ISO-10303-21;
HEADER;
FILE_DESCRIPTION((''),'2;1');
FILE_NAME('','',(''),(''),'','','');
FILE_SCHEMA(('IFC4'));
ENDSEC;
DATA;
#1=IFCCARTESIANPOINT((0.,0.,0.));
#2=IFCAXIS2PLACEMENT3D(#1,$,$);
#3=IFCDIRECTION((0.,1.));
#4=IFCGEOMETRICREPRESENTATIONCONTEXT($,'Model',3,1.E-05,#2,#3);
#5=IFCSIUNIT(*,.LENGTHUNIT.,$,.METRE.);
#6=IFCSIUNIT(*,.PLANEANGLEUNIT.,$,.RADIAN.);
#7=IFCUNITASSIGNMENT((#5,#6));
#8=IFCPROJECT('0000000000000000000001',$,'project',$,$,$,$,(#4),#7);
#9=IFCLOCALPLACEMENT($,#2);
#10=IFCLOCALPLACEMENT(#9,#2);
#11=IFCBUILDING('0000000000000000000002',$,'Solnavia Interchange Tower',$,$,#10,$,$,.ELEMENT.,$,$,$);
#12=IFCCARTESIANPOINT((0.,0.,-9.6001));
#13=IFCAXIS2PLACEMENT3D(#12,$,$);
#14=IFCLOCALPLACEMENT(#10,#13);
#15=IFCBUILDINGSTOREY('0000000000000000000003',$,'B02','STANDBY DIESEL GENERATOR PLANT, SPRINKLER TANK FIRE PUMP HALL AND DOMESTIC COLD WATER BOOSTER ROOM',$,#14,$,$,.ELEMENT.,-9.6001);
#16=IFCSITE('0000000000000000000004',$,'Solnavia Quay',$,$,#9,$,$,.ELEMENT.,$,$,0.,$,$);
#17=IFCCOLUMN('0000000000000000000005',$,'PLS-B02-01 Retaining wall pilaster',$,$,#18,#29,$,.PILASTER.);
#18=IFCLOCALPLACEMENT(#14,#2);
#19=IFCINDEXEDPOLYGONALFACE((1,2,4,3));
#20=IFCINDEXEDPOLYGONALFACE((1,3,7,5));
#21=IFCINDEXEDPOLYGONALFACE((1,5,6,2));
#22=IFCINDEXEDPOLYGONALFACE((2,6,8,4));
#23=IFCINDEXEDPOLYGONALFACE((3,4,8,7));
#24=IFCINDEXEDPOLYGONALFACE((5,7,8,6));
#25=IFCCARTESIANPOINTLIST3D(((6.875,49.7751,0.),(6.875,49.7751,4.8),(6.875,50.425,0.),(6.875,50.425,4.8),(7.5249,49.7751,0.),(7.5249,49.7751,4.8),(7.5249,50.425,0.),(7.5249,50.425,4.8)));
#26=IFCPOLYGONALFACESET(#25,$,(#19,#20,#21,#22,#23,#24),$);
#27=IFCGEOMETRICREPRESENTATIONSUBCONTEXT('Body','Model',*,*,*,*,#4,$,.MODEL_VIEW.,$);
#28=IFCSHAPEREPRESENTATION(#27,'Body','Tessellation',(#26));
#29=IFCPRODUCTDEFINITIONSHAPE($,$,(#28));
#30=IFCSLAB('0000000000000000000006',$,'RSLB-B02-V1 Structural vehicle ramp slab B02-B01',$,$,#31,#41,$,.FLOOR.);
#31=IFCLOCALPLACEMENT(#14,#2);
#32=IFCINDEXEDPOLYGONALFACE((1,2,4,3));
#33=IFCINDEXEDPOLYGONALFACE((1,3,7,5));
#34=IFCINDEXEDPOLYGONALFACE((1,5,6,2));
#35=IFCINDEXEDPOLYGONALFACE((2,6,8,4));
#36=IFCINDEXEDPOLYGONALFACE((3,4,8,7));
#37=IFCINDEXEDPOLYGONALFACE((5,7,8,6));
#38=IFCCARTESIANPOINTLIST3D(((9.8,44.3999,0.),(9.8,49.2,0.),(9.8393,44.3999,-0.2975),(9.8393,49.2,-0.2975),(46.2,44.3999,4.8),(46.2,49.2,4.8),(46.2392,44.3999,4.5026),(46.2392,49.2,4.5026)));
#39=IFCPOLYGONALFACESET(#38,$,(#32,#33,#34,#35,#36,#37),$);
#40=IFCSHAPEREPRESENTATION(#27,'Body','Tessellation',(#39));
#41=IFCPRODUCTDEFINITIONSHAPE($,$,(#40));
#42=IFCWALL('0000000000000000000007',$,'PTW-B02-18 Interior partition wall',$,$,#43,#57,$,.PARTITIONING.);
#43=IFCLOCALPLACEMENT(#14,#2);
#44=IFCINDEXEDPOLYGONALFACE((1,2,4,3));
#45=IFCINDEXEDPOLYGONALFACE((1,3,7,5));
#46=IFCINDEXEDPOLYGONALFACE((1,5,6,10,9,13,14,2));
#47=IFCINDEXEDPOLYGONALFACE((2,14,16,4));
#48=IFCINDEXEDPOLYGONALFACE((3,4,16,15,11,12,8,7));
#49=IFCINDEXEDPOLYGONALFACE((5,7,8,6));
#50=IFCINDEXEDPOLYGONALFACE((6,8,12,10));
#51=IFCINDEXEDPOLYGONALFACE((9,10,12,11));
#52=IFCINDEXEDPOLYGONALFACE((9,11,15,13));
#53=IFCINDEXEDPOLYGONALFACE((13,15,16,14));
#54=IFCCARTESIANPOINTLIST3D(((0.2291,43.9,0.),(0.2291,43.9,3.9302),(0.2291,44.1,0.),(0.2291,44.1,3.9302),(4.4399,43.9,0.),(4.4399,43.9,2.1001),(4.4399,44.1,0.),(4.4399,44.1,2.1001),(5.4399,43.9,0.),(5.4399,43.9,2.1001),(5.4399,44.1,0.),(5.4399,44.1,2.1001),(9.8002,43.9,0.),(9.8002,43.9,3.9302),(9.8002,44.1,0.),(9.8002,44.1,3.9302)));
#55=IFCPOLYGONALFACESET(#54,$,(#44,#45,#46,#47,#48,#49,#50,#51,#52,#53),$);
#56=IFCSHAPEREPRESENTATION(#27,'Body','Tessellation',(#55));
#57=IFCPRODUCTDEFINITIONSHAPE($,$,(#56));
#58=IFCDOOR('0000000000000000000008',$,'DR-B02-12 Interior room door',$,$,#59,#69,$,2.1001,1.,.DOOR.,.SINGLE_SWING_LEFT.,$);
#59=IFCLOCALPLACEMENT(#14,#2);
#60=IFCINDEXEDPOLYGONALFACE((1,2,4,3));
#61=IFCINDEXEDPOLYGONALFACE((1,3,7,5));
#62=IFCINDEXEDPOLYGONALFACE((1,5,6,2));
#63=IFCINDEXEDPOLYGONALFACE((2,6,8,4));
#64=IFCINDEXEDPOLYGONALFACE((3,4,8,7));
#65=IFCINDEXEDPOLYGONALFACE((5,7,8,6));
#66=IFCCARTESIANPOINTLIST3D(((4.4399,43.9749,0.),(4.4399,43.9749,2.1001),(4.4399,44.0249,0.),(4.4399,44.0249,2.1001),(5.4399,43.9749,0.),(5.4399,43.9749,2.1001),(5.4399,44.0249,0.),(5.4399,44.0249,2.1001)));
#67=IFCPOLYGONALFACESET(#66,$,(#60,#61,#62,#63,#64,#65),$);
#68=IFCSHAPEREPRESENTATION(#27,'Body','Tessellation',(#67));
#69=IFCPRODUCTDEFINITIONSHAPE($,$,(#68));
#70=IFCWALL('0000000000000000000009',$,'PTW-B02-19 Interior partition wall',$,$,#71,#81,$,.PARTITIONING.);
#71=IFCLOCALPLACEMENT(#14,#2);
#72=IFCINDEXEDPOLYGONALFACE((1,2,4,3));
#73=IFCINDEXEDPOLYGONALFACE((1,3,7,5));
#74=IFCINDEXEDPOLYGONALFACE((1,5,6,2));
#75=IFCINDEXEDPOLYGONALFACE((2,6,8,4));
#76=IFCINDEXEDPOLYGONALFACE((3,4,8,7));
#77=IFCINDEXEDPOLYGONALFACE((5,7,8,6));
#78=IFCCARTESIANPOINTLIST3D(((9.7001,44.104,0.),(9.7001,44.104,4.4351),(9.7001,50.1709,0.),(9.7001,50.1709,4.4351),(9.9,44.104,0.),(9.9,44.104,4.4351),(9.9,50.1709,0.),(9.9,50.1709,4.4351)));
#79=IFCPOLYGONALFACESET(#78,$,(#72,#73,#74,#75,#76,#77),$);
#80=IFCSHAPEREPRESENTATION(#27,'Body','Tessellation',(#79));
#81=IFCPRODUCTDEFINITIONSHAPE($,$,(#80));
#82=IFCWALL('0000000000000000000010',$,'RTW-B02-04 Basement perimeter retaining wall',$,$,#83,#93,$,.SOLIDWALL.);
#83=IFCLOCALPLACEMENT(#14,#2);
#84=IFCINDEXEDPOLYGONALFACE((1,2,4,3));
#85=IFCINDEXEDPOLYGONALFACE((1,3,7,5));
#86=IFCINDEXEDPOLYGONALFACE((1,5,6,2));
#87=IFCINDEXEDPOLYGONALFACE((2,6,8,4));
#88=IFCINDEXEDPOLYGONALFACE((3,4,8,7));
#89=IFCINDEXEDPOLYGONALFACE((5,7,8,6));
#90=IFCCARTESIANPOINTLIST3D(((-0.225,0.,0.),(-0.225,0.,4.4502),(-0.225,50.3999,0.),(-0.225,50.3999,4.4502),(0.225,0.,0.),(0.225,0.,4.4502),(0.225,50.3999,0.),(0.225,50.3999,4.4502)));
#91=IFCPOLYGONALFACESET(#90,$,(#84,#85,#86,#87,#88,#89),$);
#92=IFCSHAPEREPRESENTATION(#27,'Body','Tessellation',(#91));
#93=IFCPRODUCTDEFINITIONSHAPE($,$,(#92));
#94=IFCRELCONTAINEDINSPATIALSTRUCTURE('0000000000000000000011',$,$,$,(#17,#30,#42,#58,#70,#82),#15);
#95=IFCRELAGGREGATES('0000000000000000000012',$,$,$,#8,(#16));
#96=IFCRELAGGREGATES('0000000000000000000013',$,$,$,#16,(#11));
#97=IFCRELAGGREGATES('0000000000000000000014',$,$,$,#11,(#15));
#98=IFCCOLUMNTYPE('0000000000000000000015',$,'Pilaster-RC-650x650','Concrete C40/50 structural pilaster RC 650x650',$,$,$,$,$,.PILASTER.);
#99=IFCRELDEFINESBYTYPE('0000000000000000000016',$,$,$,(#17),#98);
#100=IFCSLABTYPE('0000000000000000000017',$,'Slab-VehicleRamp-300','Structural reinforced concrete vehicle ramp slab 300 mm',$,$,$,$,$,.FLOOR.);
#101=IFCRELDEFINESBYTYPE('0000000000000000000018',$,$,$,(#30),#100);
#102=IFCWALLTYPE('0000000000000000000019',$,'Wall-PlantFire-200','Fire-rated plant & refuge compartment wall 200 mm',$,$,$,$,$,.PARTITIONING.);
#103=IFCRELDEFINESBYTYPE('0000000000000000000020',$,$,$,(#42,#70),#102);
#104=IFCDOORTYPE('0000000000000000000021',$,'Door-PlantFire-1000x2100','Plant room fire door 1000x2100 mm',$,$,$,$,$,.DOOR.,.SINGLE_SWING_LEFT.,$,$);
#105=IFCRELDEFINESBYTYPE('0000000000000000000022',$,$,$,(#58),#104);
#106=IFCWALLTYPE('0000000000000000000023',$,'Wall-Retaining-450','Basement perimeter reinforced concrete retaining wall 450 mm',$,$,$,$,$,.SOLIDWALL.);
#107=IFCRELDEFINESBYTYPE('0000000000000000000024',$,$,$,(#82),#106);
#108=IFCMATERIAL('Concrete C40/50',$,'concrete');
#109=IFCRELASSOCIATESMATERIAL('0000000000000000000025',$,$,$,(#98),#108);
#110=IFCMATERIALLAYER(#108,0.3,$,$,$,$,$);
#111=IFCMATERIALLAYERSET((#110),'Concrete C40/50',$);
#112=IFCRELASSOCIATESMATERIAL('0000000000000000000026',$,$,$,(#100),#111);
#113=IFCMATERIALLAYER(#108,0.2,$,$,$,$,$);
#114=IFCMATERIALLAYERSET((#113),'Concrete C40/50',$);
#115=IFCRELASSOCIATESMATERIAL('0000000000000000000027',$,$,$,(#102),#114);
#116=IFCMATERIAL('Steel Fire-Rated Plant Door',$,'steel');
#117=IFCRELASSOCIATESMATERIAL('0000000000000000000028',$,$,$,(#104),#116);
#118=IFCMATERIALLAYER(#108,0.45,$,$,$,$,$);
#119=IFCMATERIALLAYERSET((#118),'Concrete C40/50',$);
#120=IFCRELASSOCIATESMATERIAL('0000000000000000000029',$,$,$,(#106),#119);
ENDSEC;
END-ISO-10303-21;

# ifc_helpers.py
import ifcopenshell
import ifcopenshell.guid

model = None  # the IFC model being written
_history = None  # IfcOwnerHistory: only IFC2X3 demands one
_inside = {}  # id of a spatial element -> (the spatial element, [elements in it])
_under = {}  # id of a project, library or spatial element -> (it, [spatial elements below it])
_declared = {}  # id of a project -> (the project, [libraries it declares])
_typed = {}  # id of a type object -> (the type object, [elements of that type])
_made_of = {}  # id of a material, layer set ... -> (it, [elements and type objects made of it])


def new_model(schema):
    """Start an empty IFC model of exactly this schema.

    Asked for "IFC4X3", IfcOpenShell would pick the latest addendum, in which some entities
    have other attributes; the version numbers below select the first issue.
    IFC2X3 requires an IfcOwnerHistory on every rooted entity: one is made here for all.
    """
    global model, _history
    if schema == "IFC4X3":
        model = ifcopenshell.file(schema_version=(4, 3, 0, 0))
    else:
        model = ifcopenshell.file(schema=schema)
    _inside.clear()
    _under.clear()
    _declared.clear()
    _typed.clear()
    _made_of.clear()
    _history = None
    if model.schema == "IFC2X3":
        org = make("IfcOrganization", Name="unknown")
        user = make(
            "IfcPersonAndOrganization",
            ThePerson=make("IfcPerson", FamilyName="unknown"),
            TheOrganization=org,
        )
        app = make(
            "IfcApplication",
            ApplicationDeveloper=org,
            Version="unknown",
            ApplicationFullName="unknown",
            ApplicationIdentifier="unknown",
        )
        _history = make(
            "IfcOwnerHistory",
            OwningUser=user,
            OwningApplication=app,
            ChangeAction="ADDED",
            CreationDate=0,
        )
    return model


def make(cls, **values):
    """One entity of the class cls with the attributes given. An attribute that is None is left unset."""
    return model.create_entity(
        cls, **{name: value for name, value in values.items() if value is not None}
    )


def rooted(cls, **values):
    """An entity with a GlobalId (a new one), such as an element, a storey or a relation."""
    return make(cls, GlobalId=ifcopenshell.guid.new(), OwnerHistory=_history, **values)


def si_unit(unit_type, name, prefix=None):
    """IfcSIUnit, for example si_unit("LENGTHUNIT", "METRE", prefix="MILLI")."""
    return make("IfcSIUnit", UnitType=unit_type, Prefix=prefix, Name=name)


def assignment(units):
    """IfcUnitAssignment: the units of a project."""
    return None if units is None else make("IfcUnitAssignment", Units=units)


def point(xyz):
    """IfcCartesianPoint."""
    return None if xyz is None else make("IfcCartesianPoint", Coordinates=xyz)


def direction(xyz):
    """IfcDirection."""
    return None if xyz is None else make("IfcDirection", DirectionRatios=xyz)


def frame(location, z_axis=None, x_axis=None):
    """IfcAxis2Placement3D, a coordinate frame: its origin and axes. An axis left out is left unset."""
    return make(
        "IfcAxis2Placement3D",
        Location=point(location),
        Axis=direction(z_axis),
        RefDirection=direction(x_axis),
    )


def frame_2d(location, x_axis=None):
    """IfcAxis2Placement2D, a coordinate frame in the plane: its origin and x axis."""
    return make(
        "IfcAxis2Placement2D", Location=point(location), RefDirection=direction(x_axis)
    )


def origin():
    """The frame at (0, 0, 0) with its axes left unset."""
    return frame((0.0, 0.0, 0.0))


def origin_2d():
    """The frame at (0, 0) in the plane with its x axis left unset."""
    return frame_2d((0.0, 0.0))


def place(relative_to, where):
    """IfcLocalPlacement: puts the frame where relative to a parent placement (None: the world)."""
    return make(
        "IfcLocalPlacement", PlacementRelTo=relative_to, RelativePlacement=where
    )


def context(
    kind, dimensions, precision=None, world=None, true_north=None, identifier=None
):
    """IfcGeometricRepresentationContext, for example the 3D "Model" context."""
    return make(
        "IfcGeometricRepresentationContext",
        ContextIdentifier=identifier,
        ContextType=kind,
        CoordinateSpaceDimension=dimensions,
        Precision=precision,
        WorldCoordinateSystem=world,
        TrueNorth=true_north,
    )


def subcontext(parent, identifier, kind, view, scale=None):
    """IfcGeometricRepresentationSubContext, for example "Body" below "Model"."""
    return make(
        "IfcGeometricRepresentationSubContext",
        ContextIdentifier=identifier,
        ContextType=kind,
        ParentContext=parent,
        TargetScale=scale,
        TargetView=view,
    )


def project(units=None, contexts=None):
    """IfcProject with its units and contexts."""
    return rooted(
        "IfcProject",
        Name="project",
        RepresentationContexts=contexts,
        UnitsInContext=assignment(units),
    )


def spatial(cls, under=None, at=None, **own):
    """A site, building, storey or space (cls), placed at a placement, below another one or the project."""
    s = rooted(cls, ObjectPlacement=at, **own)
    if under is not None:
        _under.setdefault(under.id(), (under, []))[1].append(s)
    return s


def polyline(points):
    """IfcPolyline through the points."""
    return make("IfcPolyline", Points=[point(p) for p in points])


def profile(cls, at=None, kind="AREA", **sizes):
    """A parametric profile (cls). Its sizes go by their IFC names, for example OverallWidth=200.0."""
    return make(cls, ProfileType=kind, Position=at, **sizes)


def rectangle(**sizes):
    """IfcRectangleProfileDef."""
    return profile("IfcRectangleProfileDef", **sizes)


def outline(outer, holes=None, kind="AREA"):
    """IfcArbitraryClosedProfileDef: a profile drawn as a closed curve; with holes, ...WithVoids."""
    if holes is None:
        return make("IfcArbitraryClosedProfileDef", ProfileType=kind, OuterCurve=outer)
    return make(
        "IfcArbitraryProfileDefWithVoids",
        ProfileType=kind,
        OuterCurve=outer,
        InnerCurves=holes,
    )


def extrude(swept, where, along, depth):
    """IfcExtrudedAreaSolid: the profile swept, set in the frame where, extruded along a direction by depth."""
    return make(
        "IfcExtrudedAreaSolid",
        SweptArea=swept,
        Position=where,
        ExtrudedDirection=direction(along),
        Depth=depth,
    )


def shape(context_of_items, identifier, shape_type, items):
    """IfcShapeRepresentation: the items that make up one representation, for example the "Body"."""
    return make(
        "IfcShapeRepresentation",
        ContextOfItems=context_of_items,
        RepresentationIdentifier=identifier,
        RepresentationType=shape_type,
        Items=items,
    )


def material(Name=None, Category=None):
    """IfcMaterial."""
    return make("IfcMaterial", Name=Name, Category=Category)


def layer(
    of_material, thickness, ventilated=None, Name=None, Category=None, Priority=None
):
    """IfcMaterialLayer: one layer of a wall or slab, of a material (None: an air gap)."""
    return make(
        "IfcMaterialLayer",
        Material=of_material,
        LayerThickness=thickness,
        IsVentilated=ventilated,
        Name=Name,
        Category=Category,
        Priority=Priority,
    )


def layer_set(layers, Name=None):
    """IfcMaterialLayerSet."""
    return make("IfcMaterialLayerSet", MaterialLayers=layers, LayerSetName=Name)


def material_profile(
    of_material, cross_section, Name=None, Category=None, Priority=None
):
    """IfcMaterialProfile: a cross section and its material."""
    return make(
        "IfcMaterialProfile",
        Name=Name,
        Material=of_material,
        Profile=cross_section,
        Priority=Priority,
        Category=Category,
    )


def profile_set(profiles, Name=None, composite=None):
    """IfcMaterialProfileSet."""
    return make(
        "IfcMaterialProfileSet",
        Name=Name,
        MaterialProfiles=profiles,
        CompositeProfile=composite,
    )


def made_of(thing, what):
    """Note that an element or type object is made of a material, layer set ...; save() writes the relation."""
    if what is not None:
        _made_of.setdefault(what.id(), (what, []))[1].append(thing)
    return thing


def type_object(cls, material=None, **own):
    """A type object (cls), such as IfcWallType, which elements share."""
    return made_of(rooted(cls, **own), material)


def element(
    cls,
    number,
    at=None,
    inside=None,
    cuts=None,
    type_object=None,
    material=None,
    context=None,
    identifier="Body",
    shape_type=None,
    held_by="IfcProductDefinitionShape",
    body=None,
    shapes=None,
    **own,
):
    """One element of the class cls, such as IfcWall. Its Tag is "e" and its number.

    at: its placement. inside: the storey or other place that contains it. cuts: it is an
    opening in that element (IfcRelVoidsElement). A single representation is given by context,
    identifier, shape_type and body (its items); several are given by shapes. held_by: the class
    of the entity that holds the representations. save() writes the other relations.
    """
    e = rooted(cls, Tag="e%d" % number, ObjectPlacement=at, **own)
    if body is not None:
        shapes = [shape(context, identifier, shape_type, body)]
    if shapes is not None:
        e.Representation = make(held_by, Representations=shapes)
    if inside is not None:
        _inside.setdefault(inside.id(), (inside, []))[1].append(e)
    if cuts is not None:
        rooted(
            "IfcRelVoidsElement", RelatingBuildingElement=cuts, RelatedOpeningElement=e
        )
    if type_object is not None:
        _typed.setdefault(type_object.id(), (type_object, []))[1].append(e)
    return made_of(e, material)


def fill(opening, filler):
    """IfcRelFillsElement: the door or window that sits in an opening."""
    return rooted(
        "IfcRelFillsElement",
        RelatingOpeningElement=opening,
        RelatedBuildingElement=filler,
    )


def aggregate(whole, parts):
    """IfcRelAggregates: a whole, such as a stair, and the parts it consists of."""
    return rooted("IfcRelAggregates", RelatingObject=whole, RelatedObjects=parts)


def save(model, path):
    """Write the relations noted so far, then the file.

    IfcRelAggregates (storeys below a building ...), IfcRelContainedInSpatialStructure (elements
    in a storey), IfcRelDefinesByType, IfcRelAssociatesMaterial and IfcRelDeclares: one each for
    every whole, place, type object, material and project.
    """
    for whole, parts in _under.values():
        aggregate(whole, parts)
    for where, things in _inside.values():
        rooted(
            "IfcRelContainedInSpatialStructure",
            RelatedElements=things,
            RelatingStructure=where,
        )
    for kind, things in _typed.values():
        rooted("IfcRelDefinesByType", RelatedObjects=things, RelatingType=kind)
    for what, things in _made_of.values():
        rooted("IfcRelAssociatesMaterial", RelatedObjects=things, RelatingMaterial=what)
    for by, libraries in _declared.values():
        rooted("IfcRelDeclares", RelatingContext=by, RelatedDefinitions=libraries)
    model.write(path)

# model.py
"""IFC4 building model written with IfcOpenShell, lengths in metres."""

from ifc_helpers import new_model, si_unit, direction, frame, frame_2d, origin, origin_2d, place, context, subcontext, project, spatial, polyline, rectangle, outline, extrude, material, layer, layer_set, material_profile, profile_set, type_object, element, fill, save


model = new_model("IFC4")

# Units and contexts
model_context = context("Model", 3, precision=1e-05, world=origin(), true_north=direction((0.0, 1.0)))
body_context = subcontext(model_context, "Body", "Model", "MODEL_VIEW")
ifc_project = project(units=[si_unit("LENGTHUNIT", "METRE"), si_unit("PLANEANGLEUNIT", "RADIAN")], contexts=[model_context])

# Site, building, storey
site_placement = place(None, origin())
site = spatial("IfcSite", under=ifc_project, at=site_placement, Name="Solnavia Quay", CompositionType="ELEMENT", RefElevation=0.0)
building_placement = place(site_placement, origin())
building = spatial("IfcBuilding", under=site, at=building_placement, Name="Solnavia Interchange Tower", CompositionType="ELEMENT")
storey_placement = place(building_placement, frame((0.0, 0.0, -9.6001)))
storey = spatial("IfcBuildingStorey", under=building, at=storey_placement, Name="B02", Description="STANDBY DIESEL GENERATOR PLANT, SPRINKLER TANK FIRE PUMP HALL AND DOMESTIC COLD WATER BOOSTER ROOM", CompositionType="ELEMENT", Elevation=-9.6001)

# Shared definitions
ifc_material_1 = material(Name="Concrete C40/50", Category="concrete")

# Column
ifc_material_profile_1 = material_profile(ifc_material_1, rectangle(XDim=0.6499, YDim=0.6499, at=origin_2d()), Name="RC 650x650")
ifc_profile_set_1 = profile_set([ifc_material_profile_1], Name="Concrete C40/50")
column_type_1 = type_object("IfcColumnType", Name="Pilaster-RC-650x650", Description="Concrete C40/50 structural pilaster RC 650x650", PredefinedType="PILASTER", material=ifc_profile_set_1)
column_placement = place(storey_placement, frame((7.2, 50.1001, 0.0), z_axis=(0.0, 0.0, 1.0), x_axis=(1.0, 0.0, 0.0)))
element("IfcColumn", 1, at=column_placement, inside=storey, type_object=column_type_1, Name="PLS-B02-01 Retaining wall pilaster", PredefinedType="PILASTER", context=body_context, shape_type="SweptSolid", body=[
    extrude(rectangle(XDim=0.6499, YDim=0.6499, at=origin_2d()), origin(), (0.0, 0.0, 1.0), 4.8),
])

# Slab
ifc_layer_1 = layer(ifc_material_1, 0.3)
ifc_layer_set_1 = layer_set([ifc_layer_1], Name="Concrete C40/50")
slab_type = type_object("IfcSlabType", Name="Slab-VehicleRamp-300", Description="Structural reinforced concrete vehicle ramp slab 300 mm", PredefinedType="FLOOR", material=ifc_layer_set_1)
slab_placement = place(storey_placement, frame((9.8, 44.3999, 0.0), z_axis=(-0.130738, 0.0, 0.991417), x_axis=(0.991417, 0.0, 0.130738)))
element("IfcSlab", 2, at=slab_placement, inside=storey, type_object=slab_type, Name="RSLB-B02-V1 Structural vehicle ramp slab B02-B01", PredefinedType="FLOOR", context=body_context, shape_type="SweptSolid", body=[
    extrude(outline(polyline([(0.0, 0.0), (36.715, 0.0), (36.715, 4.8), (0.0, 4.8), (0.0, 0.0)])), origin(), (0.0, 0.0, -1.0), 0.3),
])

# Wall, opening, door
ifc_layer_2 = layer(ifc_material_1, 0.2)
ifc_layer_set_2 = layer_set([ifc_layer_2], Name="Concrete C40/50")
wall_type_1 = type_object("IfcWallType", Name="Wall-PlantFire-200", Description="Fire-rated plant & refuge compartment wall 200 mm", PredefinedType="PARTITIONING", material=ifc_layer_set_2)
wall_1_placement = place(storey_placement, frame((0.229, 44.0, 0.0), z_axis=(0.0, 0.0, 1.0), x_axis=(1.0, 0.0, 0.0)))
wall_1 = element("IfcWall", 3, at=wall_1_placement, inside=storey, type_object=wall_type_1, Name="PTW-B02-18 Interior partition wall", PredefinedType="PARTITIONING", context=body_context, shape_type="SweptSolid", body=[
    extrude(rectangle(XDim=9.571, YDim=0.2, at=frame_2d((4.7856, 0.0))), origin(), (0.0, 0.0, 1.0), 3.9302),
])
opening_placement = place(wall_1_placement, frame((4.2109, 0.0, 0.0)))
opening = element("IfcOpeningElement", 4, at=opening_placement, cuts=wall_1, PredefinedType="OPENING", context=body_context, shape_type="SweptSolid", body=[
    extrude(rectangle(XDim=1.0, YDim=2.1001, at=frame_2d((0.5, 1.05))), frame((0.0, 0.1099, 0.0), z_axis=(0.0, -1.0, 0.0), x_axis=(1.0, 0.0, 0.0)), (0.0, 0.0, 1.0), 0.22),
])
ifc_material_2 = material(Name="Steel Fire-Rated Plant Door", Category="steel")
door_type = type_object("IfcDoorType", Name="Door-PlantFire-1000x2100", Description="Plant room fire door 1000x2100 mm", OperationType="SINGLE_SWING_LEFT", PredefinedType="DOOR", material=ifc_material_2)
door_placement = place(opening_placement, origin())
door = element("IfcDoor", 5, at=door_placement, inside=storey, type_object=door_type, Name="DR-B02-12 Interior room door", OperationType="SINGLE_SWING_LEFT", OverallHeight=2.1001, OverallWidth=1.0, PredefinedType="DOOR", context=body_context, shape_type="SweptSolid", body=[
    extrude(rectangle(XDim=1.0, YDim=2.1001, at=frame_2d((0.5, 1.05))), frame((0.0, 0.0249, 0.0), z_axis=(0.0, -1.0, 0.0), x_axis=(1.0, 0.0, 0.0)), (0.0, 0.0, 1.0), 0.05),
])
fill(opening, door)

# Walls
wall_2_placement = place(storey_placement, frame((9.8, 44.104, 0.0), z_axis=(0.0, 0.0, 1.0), x_axis=(0.0, 1.0, 0.0)))
element("IfcWall", 6, at=wall_2_placement, inside=storey, type_object=wall_type_1, Name="PTW-B02-19 Interior partition wall", PredefinedType="PARTITIONING", context=body_context, shape_type="SweptSolid", body=[
    extrude(rectangle(XDim=6.0669, YDim=0.2, at=frame_2d((3.0334, 0.0))), origin(), (0.0, 0.0, 1.0), 4.4351),
])
ifc_layer_3 = layer(ifc_material_1, 0.45)
ifc_layer_set_3 = layer_set([ifc_layer_3], Name="Concrete C40/50")
wall_type_2 = type_object("IfcWallType", Name="Wall-Retaining-450", Description="Basement perimeter reinforced concrete retaining wall 450 mm", PredefinedType="SOLIDWALL", material=ifc_layer_set_3)
wall_3_placement = place(storey_placement, frame((0.0, 50.3999, 0.0), z_axis=(0.0, 0.0, 1.0), x_axis=(0.0, -1.0, 0.0)))
element("IfcWall", 7, at=wall_3_placement, inside=storey, type_object=wall_type_2, Name="RTW-B02-04 Basement perimeter retaining wall", PredefinedType="SOLIDWALL", context=body_context, shape_type="SweptSolid", body=[
    extrude(rectangle(XDim=50.3999, YDim=0.45, at=frame_2d((25.2, 0.0))), origin(), (0.0, 0.0, 1.0), 4.4502),
])

save(model, "model.ifc")
